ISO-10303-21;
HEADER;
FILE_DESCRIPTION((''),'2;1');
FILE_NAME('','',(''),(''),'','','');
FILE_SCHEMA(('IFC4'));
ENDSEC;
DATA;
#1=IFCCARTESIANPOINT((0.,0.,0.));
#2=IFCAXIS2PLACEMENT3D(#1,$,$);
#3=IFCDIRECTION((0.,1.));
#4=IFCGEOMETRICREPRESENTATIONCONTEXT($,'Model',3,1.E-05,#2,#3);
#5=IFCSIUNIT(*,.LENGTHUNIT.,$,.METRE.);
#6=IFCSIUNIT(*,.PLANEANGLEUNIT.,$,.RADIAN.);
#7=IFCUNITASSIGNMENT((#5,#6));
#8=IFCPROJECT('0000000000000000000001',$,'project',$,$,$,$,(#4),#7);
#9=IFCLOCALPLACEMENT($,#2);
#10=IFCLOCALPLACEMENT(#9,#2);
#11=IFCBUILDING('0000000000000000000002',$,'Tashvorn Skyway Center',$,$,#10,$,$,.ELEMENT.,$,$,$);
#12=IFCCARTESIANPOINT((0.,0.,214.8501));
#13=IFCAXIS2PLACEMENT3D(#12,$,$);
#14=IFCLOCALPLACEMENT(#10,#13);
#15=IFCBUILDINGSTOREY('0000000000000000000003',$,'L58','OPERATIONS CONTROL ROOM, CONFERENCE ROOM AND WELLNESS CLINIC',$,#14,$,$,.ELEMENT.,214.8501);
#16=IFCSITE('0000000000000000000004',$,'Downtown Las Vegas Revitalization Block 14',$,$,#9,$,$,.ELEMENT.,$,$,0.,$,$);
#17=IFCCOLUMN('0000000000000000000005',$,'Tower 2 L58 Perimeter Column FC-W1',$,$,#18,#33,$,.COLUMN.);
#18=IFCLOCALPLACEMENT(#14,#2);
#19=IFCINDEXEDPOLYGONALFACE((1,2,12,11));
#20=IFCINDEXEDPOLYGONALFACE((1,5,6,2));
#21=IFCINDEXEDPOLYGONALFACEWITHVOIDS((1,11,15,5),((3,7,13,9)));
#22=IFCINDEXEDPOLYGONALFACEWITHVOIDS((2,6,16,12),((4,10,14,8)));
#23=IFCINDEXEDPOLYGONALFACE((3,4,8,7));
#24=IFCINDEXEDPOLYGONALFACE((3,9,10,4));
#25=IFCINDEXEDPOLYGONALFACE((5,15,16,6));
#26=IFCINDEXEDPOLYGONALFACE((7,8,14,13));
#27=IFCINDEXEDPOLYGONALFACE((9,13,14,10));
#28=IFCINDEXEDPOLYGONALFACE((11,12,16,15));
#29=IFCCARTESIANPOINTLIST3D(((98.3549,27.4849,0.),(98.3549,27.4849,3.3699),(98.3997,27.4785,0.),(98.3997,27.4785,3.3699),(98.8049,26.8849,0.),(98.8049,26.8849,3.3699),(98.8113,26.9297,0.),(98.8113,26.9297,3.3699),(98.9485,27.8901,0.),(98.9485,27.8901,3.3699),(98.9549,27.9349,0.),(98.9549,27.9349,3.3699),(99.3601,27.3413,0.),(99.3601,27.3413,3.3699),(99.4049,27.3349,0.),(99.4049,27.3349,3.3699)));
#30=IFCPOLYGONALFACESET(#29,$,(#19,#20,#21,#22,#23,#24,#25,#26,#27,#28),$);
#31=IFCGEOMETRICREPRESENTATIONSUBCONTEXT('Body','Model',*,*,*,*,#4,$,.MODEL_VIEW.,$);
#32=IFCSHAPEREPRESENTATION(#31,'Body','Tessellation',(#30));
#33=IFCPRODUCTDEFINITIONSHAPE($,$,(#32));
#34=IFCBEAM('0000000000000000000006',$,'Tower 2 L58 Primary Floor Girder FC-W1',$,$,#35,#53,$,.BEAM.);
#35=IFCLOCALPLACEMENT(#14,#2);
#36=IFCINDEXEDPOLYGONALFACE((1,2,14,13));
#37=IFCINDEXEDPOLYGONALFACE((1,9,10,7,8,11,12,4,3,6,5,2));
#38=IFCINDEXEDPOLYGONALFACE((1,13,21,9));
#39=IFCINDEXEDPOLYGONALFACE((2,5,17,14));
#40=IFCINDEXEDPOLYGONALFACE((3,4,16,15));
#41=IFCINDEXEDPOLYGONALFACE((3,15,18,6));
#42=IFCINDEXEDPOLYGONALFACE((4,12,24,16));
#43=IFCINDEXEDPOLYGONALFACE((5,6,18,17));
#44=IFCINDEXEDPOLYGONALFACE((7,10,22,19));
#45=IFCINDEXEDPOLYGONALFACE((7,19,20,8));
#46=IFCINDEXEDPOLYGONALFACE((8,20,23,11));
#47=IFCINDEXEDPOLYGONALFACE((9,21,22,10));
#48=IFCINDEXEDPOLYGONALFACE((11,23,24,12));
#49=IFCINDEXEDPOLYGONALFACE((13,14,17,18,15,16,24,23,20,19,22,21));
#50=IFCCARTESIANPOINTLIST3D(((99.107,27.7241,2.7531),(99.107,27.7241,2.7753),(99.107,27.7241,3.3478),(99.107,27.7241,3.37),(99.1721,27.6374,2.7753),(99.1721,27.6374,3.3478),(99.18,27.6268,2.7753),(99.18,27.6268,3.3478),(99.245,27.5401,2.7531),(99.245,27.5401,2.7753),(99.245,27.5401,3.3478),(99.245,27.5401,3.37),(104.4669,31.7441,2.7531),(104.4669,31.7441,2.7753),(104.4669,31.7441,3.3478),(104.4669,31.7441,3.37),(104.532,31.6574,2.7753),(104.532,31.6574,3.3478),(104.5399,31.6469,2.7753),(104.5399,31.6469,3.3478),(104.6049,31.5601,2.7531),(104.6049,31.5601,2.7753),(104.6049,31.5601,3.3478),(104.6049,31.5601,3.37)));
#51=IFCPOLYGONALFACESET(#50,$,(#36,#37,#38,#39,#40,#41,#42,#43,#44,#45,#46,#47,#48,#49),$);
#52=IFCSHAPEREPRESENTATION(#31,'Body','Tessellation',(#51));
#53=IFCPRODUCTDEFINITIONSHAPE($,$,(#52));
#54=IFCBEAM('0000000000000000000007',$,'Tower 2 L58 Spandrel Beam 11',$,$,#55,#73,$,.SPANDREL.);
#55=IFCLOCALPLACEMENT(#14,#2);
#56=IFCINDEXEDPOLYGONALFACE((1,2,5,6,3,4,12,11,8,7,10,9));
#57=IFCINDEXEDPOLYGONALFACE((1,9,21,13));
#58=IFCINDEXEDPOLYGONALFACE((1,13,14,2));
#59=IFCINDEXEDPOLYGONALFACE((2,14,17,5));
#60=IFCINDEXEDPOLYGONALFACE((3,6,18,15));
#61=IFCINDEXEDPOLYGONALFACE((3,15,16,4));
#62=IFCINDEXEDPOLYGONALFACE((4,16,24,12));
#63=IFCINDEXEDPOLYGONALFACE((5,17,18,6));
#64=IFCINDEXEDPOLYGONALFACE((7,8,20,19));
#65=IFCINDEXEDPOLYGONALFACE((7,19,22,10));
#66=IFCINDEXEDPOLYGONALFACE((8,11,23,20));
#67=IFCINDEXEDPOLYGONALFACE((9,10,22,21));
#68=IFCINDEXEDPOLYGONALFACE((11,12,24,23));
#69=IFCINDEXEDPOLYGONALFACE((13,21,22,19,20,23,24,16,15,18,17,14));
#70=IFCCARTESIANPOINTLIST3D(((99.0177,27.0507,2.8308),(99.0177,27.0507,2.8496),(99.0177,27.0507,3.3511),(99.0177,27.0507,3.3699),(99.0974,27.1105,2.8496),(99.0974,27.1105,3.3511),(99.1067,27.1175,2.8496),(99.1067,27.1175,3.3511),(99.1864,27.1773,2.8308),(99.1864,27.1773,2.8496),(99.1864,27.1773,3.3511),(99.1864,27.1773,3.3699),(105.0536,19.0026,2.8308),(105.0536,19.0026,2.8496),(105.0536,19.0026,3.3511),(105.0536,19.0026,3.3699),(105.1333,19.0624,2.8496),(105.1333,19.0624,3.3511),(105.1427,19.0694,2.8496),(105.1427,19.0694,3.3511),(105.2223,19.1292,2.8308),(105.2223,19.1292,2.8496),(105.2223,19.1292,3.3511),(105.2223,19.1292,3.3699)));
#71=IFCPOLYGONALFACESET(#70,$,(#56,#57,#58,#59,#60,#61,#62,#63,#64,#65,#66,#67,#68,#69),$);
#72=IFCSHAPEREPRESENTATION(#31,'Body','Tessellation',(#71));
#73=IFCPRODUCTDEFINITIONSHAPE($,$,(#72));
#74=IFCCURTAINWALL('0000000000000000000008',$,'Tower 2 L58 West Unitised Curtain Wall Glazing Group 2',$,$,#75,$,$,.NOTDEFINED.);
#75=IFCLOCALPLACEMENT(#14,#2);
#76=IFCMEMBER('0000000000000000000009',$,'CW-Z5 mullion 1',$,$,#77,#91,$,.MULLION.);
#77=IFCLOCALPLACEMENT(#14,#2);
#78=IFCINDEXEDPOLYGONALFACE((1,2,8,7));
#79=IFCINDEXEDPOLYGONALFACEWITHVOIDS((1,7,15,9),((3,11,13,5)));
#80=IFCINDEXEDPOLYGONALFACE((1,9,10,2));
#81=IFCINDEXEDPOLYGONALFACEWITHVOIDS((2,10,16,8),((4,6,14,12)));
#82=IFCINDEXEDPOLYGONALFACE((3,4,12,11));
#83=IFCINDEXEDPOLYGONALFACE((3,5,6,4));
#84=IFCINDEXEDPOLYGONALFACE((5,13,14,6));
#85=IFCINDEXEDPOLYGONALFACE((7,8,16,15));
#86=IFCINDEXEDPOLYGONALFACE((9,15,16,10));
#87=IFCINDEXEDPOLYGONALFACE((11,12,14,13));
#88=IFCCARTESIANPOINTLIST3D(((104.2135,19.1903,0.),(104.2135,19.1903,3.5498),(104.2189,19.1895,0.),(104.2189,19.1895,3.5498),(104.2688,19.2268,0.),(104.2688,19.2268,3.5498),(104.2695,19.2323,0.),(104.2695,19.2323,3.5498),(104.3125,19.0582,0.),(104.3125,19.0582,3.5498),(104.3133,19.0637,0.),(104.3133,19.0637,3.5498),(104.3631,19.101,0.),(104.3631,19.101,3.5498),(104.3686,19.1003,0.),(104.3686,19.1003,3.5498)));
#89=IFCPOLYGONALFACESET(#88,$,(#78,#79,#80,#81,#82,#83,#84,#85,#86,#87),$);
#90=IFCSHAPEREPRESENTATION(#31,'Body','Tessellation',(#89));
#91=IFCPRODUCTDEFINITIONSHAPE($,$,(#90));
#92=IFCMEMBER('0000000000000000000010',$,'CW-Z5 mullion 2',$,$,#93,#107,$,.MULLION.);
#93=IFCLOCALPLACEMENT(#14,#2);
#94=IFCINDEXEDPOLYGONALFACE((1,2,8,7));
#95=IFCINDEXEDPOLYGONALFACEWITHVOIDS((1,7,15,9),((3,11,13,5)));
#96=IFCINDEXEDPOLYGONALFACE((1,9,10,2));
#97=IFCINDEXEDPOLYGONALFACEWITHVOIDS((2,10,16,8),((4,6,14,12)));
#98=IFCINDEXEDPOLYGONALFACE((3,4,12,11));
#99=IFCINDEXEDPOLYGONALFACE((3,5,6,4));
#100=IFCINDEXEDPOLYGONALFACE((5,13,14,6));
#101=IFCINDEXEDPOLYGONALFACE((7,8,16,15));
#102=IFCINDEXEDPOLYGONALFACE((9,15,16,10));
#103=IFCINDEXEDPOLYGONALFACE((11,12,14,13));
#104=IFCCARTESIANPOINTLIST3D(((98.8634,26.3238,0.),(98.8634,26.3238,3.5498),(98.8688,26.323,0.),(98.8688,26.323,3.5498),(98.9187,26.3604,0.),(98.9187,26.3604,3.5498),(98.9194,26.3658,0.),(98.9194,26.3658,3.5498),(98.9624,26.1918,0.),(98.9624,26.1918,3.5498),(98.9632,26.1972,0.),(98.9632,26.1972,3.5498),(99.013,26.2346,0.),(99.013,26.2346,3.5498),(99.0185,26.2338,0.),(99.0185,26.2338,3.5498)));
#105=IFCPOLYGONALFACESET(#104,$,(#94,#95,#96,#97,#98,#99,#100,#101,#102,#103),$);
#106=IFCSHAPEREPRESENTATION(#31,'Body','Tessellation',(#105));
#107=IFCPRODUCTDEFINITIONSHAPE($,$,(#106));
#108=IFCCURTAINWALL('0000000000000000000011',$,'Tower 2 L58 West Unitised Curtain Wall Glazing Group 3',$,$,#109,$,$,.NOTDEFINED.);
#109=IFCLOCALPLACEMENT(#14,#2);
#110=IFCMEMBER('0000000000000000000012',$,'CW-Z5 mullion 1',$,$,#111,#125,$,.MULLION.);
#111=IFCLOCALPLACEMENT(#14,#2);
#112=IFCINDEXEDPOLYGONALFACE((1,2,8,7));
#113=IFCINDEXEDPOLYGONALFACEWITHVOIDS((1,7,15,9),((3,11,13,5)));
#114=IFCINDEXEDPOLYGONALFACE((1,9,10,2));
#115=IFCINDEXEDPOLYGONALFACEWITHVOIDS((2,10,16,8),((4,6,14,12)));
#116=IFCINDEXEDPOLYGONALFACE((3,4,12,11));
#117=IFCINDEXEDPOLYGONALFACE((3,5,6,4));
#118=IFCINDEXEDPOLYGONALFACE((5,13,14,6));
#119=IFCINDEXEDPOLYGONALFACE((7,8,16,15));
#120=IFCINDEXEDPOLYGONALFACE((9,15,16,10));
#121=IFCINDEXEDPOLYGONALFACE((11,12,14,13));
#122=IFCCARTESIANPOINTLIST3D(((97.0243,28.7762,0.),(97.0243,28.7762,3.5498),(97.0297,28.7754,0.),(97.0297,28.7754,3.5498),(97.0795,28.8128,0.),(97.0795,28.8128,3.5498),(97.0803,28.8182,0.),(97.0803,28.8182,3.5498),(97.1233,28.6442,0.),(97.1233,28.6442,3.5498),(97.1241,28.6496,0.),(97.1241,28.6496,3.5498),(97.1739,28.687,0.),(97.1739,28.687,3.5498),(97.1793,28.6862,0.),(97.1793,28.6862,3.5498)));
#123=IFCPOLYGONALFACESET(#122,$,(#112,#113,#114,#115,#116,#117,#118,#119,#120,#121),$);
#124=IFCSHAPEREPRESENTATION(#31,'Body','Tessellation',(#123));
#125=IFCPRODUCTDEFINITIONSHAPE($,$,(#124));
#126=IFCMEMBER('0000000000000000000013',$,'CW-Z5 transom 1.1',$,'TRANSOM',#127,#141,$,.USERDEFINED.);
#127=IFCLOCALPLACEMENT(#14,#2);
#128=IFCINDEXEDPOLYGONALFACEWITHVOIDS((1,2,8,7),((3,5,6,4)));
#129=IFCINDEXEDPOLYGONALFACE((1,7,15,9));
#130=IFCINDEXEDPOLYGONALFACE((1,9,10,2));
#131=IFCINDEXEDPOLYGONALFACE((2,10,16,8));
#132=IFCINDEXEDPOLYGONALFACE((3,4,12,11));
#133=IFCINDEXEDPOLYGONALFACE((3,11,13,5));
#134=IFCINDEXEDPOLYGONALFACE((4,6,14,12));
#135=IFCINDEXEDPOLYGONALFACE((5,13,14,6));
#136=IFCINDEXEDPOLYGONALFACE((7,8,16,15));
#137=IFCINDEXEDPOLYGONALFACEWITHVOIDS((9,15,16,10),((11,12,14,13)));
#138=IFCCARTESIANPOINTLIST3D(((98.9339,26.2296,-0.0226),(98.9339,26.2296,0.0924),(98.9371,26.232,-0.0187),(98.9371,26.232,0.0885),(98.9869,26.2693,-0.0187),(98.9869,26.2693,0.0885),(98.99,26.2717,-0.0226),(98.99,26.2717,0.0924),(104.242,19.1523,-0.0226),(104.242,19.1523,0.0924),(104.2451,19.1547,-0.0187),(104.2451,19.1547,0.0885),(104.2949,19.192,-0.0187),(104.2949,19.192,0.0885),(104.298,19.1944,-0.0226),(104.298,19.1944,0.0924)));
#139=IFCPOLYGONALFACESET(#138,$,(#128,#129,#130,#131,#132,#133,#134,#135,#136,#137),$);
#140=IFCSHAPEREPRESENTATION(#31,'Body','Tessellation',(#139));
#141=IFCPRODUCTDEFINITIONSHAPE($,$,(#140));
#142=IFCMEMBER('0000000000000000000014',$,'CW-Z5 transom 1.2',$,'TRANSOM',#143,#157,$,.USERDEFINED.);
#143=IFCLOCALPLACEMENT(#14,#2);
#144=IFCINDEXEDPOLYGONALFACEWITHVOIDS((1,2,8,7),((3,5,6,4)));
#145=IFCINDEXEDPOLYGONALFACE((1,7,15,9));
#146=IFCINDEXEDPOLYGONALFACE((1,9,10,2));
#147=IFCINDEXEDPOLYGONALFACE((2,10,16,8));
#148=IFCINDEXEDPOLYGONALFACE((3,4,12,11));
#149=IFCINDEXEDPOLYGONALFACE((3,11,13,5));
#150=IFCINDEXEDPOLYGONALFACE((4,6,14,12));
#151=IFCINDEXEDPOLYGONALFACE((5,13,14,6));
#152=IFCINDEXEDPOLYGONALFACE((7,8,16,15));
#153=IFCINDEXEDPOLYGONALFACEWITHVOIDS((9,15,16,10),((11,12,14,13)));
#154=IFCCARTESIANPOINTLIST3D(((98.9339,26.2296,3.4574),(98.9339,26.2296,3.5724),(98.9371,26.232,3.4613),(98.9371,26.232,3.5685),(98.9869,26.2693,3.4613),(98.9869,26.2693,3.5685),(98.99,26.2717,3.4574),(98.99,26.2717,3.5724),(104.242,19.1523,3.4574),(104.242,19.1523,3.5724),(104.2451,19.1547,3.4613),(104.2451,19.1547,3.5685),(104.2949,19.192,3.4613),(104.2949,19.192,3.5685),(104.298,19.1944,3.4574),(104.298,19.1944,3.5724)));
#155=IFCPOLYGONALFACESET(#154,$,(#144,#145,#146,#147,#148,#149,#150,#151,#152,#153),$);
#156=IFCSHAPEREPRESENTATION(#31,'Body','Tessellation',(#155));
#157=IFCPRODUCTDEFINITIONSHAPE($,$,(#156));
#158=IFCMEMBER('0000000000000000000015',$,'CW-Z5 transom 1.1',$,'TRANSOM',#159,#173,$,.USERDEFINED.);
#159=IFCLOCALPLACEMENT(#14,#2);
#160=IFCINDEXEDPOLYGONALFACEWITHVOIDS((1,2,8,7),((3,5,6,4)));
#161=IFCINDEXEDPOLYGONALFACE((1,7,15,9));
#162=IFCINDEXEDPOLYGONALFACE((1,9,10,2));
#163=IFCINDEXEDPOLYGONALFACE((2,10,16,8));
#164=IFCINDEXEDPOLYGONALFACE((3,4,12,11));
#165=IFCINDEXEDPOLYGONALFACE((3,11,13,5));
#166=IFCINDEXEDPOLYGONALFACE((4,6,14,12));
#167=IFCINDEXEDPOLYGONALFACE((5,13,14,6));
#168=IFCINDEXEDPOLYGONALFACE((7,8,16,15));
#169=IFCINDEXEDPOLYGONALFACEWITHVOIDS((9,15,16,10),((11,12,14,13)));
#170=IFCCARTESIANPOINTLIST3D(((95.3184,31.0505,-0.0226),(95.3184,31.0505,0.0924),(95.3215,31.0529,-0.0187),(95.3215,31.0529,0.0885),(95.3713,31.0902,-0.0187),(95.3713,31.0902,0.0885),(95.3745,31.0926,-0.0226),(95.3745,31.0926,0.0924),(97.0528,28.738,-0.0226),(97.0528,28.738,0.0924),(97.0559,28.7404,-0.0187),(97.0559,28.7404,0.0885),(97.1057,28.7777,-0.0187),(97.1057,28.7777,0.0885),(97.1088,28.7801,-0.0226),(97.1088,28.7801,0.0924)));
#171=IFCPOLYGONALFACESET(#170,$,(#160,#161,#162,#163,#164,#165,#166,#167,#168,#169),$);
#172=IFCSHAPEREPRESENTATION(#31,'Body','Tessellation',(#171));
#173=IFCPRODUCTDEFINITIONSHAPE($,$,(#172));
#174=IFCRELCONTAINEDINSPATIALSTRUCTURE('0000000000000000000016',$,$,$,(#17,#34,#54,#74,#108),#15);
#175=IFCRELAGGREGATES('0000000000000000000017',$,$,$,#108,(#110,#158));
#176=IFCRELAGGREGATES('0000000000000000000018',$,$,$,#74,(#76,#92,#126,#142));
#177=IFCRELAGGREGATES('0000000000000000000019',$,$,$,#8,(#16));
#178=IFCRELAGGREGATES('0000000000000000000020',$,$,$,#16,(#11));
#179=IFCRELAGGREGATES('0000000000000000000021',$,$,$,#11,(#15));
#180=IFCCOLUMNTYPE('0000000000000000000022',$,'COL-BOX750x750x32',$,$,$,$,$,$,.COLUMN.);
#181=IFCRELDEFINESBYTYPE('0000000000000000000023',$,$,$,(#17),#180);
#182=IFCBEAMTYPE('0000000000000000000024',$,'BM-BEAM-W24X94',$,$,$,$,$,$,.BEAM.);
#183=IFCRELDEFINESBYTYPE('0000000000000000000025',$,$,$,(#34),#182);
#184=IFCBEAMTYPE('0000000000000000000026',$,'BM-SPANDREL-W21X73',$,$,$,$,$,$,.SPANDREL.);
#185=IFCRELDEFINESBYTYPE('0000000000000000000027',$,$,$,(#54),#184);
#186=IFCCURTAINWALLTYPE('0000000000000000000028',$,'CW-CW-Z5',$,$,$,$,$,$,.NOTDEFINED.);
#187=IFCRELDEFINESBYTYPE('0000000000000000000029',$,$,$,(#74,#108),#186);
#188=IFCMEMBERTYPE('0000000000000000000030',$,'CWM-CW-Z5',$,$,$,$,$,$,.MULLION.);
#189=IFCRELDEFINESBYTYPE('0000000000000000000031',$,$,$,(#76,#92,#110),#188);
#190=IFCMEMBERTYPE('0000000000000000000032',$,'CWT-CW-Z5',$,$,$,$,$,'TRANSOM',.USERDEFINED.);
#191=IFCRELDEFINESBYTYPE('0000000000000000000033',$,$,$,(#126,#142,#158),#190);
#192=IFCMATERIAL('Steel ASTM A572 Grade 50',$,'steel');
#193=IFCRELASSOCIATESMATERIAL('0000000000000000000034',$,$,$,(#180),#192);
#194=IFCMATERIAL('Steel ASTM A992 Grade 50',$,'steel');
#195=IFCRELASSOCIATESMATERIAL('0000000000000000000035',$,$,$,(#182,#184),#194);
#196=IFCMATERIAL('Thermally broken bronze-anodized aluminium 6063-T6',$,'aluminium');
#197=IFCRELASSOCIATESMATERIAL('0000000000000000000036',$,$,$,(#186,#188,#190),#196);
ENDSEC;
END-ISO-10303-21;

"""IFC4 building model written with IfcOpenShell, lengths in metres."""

from ifc_helpers import new_model, si_unit, direction, frame, origin, origin_2d, place, context, subcontext, project, spatial, hollow_rectangle, i_section, extrude, material, material_profile, profile_set, type_object, element, aggregate, save


model = new_model("IFC4")

# Units and contexts
model_context = context("Model", 3, precision=1e-05, world=origin(), true_north=direction((0.0, 1.0)))
body_context = subcontext(model_context, "Body", "Model", "MODEL_VIEW")
ifc_project = project(units=[si_unit("LENGTHUNIT", "METRE"), si_unit("PLANEANGLEUNIT", "RADIAN")], contexts=[model_context])

# Site, building, storey
site_placement = place(None, origin())
site = spatial("IfcSite", under=ifc_project, at=site_placement, Name="Downtown Las Vegas Revitalization Block 14", CompositionType="ELEMENT", RefElevation=0.0)
building_placement = place(site_placement, origin())
building = spatial("IfcBuilding", under=site, at=building_placement, Name="Tashvorn Skyway Center", CompositionType="ELEMENT")
storey_placement = place(building_placement, frame((0.0, 0.0, 214.8501)))
storey = spatial("IfcBuildingStorey", under=building, at=storey_placement, Name="L58", Description="OPERATIONS CONTROL ROOM, CONFERENCE ROOM AND WELLNESS CLINIC", CompositionType="ELEMENT", Elevation=214.8501)

# Column
ifc_material_1 = material(Name="Steel ASTM A572 Grade 50", Category="steel")
ifc_material_profile_1 = material_profile(ifc_material_1, hollow_rectangle(XDim=0.75, YDim=0.75, WallThickness=0.032, at=origin_2d()), Name="BOX750x750x32")
ifc_profile_set_1 = profile_set([ifc_material_profile_1], Name="Steel ASTM A572 Grade 50")
column_type = type_object("IfcColumnType", Name="COL-BOX750x750x32", PredefinedType="COLUMN", material=ifc_profile_set_1)
column_placement = place(storey_placement, frame((98.8799, 27.4099, 0.0), z_axis=(0.0, 0.0, 1.0), x_axis=(0.8, 0.6, 0.0)))
element("IfcColumn", 1, at=column_placement, inside=storey, type_object=column_type, Name="Tower 2 L58 Perimeter Column FC-W1", PredefinedType="COLUMN", context=body_context, shape_type="SweptSolid", body=[
    extrude(hollow_rectangle(XDim=0.75, YDim=0.75, WallThickness=0.032, at=origin_2d()), origin(), (0.0, 0.0, 1.0), 3.3699),
])

# Beams
ifc_material_2 = material(Name="Steel ASTM A992 Grade 50", Category="steel")
ifc_material_profile_2 = material_profile(ifc_material_2, i_section(OverallWidth=0.23, OverallDepth=0.6169, WebThickness=0.0132, FlangeThickness=0.0222, at=origin_2d()), Name="W24X94")
ifc_profile_set_2 = profile_set([ifc_material_profile_2], Name="Steel ASTM A992 Grade 50")
beam_type_1 = type_object("IfcBeamType", Name="BM-BEAM-W24X94", PredefinedType="BEAM", material=ifc_profile_set_2)
beam_1_placement = place(storey_placement, frame((99.176, 27.6321, 3.0615), z_axis=(0.799991, 0.600012, 0.0), x_axis=(-0.600012, 0.799991, 0.0)))
element("IfcBeam", 2, at=beam_1_placement, inside=storey, type_object=beam_type_1, Name="Tower 2 L58 Primary Floor Girder FC-W1", PredefinedType="BEAM", context=body_context, shape_type="SweptSolid", body=[
    extrude(i_section(OverallWidth=0.23, OverallDepth=0.6169, WebThickness=0.0132, FlangeThickness=0.0222, at=origin_2d()), origin(), (0.0, 0.0, 1.0), 6.7),
])
ifc_material_profile_3 = material_profile(ifc_material_2, i_section(OverallWidth=0.2109, OverallDepth=0.5391, WebThickness=0.0117, FlangeThickness=0.0188, at=origin_2d()), Name="W21X73")
ifc_profile_set_3 = profile_set([ifc_material_profile_3], Name="Steel ASTM A992 Grade 50")
beam_type_2 = type_object("IfcBeamType", Name="BM-SPANDREL-W21X73", PredefinedType="SPANDREL", material=ifc_profile_set_3)
beam_2_placement = place(storey_placement, frame((99.1021, 27.114, 3.1003), z_axis=(0.599988, -0.800009, 0.0), x_axis=(0.800009, 0.599988, 0.0)))
element("IfcBeam", 3, at=beam_2_placement, inside=storey, type_object=beam_type_2, Name="Tower 2 L58 Spandrel Beam 11", PredefinedType="SPANDREL", context=body_context, shape_type="SweptSolid", body=[
    extrude(i_section(OverallWidth=0.2109, OverallDepth=0.5391, WebThickness=0.0117, FlangeThickness=0.0188, at=origin_2d()), origin(), (0.0, 0.0, 1.0), 10.0601),
])

# Curtain wall, members
ifc_material_3 = material(Name="Thermally broken bronze-anodized aluminium 6063-T6", Category="aluminium")
curtain_wall_type = type_object("IfcCurtainWallType", Name="CW-CW-Z5", PredefinedType="NOTDEFINED", material=ifc_material_3)
curtain_wall_1_placement = place(storey_placement, origin())
curtain_wall_1 = element("IfcCurtainWall", 4, at=curtain_wall_1_placement, inside=storey, type_object=curtain_wall_type, Name="Tower 2 L58 West Unitised Curtain Wall Glazing Group 2", PredefinedType="NOTDEFINED")
ifc_material_profile_4 = material_profile(ifc_material_3, hollow_rectangle(XDim=0.0701, YDim=0.165, WallThickness=0.0039, at=origin_2d()), Name="ALU-MULL-70x165")
ifc_profile_set_4 = profile_set([ifc_material_profile_4], Name="Thermally broken bronze-anodized aluminium 6063-T6")
member_type_1 = type_object("IfcMemberType", Name="CWM-CW-Z5", PredefinedType="MULLION", material=ifc_profile_set_4)
member_1_placement = place(storey_placement, frame((104.291, 19.1453, 0.0), z_axis=(0.0, 0.0, 1.0), x_axis=(-0.800003, -0.599996, 0.0)))
member_1 = element("IfcMember", 5, at=member_1_placement, type_object=member_type_1, Name="CW-Z5 mullion 1", PredefinedType="MULLION", context=body_context, shape_type="SweptSolid", body=[
    extrude(hollow_rectangle(XDim=0.0701, YDim=0.165, WallThickness=0.0039, at=origin_2d()), origin(), (0.0, 0.0, 1.0), 3.5498),
])
member_2_placement = place(storey_placement, frame((98.9409, 26.2788, 0.0), z_axis=(0.0, 0.0, 1.0), x_axis=(-0.800003, -0.599996, 0.0)))
member_2 = element("IfcMember", 6, at=member_2_placement, type_object=member_type_1, Name="CW-Z5 mullion 2", PredefinedType="MULLION", context=body_context, shape_type="SweptSolid", body=[
    extrude(hollow_rectangle(XDim=0.0701, YDim=0.165, WallThickness=0.0039, at=origin_2d()), origin(), (0.0, 0.0, 1.0), 3.5498),
])

# Curtain wall, member
curtain_wall_2_placement = place(storey_placement, origin())
curtain_wall_2 = element("IfcCurtainWall", 7, at=curtain_wall_2_placement, inside=storey, type_object=curtain_wall_type, Name="Tower 2 L58 West Unitised Curtain Wall Glazing Group 3", PredefinedType="NOTDEFINED")
member_3_placement = place(storey_placement, frame((97.1018, 28.7312, 0.0), z_axis=(0.0, 0.0, 1.0), x_axis=(-0.799998, -0.600003, 0.0)))
member_3 = element("IfcMember", 8, at=member_3_placement, type_object=member_type_1, Name="CW-Z5 mullion 1", PredefinedType="MULLION", context=body_context, shape_type="SweptSolid", body=[
    extrude(hollow_rectangle(XDim=0.0701, YDim=0.165, WallThickness=0.0039, at=origin_2d()), origin(), (0.0, 0.0, 1.0), 3.5498),
])

# Members
ifc_material_profile_5 = material_profile(ifc_material_3, hollow_rectangle(XDim=0.0701, YDim=0.115, WallThickness=0.0039, at=origin_2d()), Name="ALU-TRAN-70x115")
ifc_profile_set_5 = profile_set([ifc_material_profile_5], Name="Thermally broken bronze-anodized aluminium 6063-T6")
member_type_2 = type_object("IfcMemberType", Name="CWT-CW-Z5", ElementType="TRANSOM", PredefinedType="USERDEFINED", material=ifc_profile_set_5)
member_4_placement = place(storey_placement, frame((104.27, 19.1733, 0.0349), z_axis=(-0.600004, 0.799997, 0.0), x_axis=(-0.799997, -0.600004, 0.0)))
member_4 = element("IfcMember", 9, at=member_4_placement, type_object=member_type_2, Name="CW-Z5 transom 1.1", ObjectType="TRANSOM", PredefinedType="USERDEFINED", context=body_context, shape_type="SweptSolid", body=[
    extrude(hollow_rectangle(XDim=0.0701, YDim=0.115, WallThickness=0.0039, at=origin_2d()), origin(), (0.0, 0.0, 1.0), 8.8467),
])
member_5_placement = place(storey_placement, frame((104.27, 19.1733, 3.5149), z_axis=(-0.600004, 0.799997, 0.0), x_axis=(-0.799997, -0.600004, 0.0)))
member_5 = element("IfcMember", 10, at=member_5_placement, type_object=member_type_2, Name="CW-Z5 transom 1.2", ObjectType="TRANSOM", PredefinedType="USERDEFINED", context=body_context, shape_type="SweptSolid", body=[
    extrude(hollow_rectangle(XDim=0.0701, YDim=0.115, WallThickness=0.0039, at=origin_2d()), origin(), (0.0, 0.0, 1.0), 8.8467),
])
member_6_placement = place(storey_placement, frame((97.0808, 28.759, 0.0349), z_axis=(-0.6, 0.8, 0.0), x_axis=(-0.8, -0.6, 0.0)))
member_6 = element("IfcMember", 11, at=member_6_placement, type_object=member_type_2, Name="CW-Z5 transom 1.1", ObjectType="TRANSOM", PredefinedType="USERDEFINED", context=body_context, shape_type="SweptSolid", body=[
    extrude(hollow_rectangle(XDim=0.0701, YDim=0.115, WallThickness=0.0039, at=origin_2d()), origin(), (0.0, 0.0, 1.0), 2.8906),
])
aggregate(curtain_wall_2, [member_3, member_6])

aggregate(curtain_wall_1, [member_1, member_2, member_4, member_5])

save(model, "model.ifc")
